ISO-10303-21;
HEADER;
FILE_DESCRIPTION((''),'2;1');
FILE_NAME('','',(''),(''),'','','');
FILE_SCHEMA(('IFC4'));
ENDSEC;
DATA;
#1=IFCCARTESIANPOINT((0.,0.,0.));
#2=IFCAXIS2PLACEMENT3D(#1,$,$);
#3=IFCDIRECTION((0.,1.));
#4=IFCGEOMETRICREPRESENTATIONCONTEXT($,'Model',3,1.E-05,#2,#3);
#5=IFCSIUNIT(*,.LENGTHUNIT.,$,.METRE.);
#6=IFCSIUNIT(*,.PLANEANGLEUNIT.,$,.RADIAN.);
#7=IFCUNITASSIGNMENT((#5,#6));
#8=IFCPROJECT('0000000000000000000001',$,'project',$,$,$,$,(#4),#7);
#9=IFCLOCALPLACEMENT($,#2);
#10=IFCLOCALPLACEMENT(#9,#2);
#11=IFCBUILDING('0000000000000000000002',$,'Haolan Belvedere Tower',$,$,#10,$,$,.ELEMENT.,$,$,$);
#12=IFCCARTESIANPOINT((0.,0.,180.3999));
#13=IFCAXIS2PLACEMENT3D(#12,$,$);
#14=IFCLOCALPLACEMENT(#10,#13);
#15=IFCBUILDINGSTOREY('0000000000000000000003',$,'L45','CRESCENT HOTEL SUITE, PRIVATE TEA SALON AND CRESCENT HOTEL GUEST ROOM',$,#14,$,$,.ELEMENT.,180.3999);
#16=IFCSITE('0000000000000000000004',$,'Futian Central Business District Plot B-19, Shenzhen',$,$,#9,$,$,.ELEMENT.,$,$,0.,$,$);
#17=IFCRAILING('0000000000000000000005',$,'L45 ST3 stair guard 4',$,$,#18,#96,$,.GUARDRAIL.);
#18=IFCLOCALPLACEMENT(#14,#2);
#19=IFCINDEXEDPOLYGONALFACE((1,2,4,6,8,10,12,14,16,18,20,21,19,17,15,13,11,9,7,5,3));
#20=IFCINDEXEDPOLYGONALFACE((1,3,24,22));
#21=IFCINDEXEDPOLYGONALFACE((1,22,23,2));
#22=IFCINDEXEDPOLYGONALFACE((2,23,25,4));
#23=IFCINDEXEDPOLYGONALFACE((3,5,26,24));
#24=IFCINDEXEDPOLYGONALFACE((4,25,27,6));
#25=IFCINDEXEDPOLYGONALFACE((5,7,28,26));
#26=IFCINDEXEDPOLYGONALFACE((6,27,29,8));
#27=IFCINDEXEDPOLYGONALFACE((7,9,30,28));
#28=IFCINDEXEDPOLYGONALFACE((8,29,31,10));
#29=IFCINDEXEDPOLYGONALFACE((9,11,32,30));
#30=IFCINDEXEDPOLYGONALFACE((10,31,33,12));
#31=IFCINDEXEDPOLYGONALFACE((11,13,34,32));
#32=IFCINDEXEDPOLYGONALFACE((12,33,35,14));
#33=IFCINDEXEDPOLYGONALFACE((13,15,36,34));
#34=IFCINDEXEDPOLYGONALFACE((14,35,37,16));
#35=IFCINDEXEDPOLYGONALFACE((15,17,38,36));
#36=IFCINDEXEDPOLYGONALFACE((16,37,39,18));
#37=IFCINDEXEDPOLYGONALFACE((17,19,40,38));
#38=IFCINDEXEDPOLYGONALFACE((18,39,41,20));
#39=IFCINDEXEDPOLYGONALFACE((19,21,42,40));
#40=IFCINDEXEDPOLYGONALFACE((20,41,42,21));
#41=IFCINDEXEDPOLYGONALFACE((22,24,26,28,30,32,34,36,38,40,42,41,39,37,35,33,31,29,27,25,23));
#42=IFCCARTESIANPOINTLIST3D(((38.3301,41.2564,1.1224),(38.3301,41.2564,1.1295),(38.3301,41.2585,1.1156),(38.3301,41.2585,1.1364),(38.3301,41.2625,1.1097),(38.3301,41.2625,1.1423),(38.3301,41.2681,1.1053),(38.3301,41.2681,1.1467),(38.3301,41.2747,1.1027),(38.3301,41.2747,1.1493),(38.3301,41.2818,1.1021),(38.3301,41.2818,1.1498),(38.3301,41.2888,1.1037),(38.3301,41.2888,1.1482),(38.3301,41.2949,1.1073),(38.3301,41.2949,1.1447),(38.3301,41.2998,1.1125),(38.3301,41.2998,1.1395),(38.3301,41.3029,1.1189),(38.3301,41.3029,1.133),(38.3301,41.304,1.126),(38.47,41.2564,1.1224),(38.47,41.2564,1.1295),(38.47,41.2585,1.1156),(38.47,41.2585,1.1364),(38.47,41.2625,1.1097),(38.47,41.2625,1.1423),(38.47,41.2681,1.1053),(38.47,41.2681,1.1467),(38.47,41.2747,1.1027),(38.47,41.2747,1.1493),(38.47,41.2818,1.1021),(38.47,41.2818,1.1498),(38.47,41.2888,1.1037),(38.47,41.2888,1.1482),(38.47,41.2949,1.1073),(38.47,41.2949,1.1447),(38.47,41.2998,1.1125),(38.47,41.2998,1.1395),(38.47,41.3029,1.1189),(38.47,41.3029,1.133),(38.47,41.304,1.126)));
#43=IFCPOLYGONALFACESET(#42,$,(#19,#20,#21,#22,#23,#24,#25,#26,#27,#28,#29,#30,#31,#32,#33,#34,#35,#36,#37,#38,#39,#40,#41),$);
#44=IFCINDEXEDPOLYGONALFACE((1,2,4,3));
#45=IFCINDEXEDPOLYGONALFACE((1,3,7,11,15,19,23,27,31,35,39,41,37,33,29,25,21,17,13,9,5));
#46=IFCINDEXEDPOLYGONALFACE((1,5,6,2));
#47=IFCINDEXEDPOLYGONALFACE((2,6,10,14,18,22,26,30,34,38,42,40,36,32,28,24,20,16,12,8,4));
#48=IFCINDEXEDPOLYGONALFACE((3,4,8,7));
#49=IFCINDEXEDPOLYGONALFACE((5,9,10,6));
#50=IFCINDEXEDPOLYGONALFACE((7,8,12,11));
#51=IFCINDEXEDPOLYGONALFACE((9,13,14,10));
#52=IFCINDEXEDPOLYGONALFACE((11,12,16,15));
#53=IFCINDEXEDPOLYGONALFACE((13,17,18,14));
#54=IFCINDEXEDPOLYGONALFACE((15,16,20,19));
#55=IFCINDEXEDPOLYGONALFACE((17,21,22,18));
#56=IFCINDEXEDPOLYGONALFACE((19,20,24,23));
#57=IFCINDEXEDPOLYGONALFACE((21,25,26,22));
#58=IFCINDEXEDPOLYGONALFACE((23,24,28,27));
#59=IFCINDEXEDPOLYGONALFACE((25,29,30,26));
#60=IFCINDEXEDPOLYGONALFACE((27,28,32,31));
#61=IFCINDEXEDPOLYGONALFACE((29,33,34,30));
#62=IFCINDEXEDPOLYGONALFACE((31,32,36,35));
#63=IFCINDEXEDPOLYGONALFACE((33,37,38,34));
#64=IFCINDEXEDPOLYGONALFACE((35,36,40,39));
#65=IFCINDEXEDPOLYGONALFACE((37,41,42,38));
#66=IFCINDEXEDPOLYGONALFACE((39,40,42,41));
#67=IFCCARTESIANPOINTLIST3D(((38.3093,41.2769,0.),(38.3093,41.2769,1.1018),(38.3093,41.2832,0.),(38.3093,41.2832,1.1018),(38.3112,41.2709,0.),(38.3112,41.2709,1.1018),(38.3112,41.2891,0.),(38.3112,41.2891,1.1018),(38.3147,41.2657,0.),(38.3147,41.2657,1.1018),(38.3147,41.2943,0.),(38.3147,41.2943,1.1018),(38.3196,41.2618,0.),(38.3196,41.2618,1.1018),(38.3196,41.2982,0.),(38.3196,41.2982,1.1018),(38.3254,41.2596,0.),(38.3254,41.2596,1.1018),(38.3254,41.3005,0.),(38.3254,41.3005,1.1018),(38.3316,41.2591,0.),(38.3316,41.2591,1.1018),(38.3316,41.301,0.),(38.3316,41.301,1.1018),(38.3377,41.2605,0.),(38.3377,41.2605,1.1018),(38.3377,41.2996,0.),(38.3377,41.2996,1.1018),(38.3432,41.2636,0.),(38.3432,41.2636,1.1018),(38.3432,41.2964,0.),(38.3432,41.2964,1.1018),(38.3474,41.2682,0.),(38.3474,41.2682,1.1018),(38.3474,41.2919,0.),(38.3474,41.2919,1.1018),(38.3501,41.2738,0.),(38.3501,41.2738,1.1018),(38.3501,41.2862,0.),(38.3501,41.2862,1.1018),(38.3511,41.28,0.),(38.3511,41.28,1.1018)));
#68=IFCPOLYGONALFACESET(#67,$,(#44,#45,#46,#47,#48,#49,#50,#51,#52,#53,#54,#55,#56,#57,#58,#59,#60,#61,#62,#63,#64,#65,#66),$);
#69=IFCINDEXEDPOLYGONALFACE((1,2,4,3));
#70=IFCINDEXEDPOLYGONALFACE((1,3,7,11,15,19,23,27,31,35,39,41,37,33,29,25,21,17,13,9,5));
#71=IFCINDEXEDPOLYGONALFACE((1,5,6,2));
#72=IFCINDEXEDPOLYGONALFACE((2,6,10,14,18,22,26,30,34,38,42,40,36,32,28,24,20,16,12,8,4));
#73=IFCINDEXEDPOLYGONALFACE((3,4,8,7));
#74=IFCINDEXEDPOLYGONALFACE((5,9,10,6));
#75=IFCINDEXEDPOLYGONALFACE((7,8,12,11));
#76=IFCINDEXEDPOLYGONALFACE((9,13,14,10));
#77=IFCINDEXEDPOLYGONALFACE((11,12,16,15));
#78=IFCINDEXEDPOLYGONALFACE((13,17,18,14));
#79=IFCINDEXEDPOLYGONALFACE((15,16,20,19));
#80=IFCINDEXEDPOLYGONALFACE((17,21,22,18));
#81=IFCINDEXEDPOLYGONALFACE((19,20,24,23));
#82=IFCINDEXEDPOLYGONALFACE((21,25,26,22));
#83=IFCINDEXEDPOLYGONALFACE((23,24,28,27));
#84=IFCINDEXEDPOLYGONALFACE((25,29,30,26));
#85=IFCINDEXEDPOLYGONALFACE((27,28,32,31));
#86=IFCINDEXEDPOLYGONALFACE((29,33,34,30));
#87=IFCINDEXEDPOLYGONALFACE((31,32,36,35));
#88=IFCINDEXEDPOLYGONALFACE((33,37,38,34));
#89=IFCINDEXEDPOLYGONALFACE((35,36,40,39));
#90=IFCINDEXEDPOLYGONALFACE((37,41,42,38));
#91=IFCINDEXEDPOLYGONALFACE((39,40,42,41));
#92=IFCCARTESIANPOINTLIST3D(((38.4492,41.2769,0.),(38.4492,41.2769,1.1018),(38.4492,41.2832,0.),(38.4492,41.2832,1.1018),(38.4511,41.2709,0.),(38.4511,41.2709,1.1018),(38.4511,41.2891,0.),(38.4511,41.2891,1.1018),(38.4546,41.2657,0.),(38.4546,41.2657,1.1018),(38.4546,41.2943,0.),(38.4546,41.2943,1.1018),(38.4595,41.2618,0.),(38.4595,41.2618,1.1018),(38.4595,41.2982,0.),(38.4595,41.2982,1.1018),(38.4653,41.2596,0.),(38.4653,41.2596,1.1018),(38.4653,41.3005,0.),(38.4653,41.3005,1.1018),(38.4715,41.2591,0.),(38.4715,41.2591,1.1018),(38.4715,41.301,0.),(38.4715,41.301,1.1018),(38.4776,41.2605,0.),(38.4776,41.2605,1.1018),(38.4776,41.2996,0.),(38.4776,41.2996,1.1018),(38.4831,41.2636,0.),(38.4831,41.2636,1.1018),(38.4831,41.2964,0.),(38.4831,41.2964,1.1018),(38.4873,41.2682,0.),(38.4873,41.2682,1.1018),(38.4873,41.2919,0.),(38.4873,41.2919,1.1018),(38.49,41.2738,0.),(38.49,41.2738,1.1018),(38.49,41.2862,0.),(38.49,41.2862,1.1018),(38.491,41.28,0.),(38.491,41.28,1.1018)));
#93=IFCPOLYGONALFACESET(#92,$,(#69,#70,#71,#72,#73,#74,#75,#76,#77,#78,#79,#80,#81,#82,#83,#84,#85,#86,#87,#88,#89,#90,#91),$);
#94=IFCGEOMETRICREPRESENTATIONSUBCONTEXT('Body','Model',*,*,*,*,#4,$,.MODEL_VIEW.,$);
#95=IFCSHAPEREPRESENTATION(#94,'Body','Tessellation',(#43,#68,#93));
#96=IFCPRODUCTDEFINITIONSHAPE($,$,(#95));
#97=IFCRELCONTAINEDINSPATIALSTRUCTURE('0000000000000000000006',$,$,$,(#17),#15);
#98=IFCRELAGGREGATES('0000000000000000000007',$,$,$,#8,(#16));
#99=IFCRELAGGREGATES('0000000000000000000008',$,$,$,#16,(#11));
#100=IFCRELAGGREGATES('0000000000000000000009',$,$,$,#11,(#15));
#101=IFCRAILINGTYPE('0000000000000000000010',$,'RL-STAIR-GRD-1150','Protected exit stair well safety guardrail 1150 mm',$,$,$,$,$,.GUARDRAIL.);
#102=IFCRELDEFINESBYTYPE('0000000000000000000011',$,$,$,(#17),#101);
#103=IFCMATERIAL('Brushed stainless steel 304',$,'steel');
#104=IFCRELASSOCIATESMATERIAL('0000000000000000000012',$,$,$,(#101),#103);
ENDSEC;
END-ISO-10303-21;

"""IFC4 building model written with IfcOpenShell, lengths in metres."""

from ifc_helpers import new_model, si_unit, direction, frame, origin, origin_2d, place, context, subcontext, project, spatial, circle, extrude, material, type_object, element, save


model = new_model("IFC4")

# Units and contexts
model_context = context("Model", 3, precision=1e-05, world=origin(), true_north=direction((0.0, 1.0)))
body_context = subcontext(model_context, "Body", "Model", "MODEL_VIEW")
ifc_project = project(units=[si_unit("LENGTHUNIT", "METRE"), si_unit("PLANEANGLEUNIT", "RADIAN")], contexts=[model_context])

# Site, building, storey
site_placement = place(None, origin())
site = spatial("IfcSite", under=ifc_project, at=site_placement, Name="Futian Central Business District Plot B-19, Shenzhen", CompositionType="ELEMENT", RefElevation=0.0)
building_placement = place(site_placement, origin())
building = spatial("IfcBuilding", under=site, at=building_placement, Name="Haolan Belvedere Tower", CompositionType="ELEMENT")
storey_placement = place(building_placement, frame((0.0, 0.0, 180.3999)))
storey = spatial("IfcBuildingStorey", under=building, at=storey_placement, Name="L45", Description="CRESCENT HOTEL SUITE, PRIVATE TEA SALON AND CRESCENT HOTEL GUEST ROOM", CompositionType="ELEMENT", Elevation=180.3999)

# Railing
ifc_material_1 = material(Name="Brushed stainless steel 304", Category="steel")
railing_type_1 = type_object("IfcRailingType", Name="RL-STAIR-GRD-1150", Description="Protected exit stair well safety guardrail 1150 mm", PredefinedType="GUARDRAIL", material=ifc_material_1)
railing_1_placement = place(storey_placement, frame((38.3301, 41.28, 0.0)))
element("IfcRailing", 1, at=railing_1_placement, inside=storey, type_object=railing_type_1, Name="L45 ST3 stair guard 4", PredefinedType="GUARDRAIL", context=body_context, shape_type="SweptSolid", body=[
    extrude(circle(Radius=0.0239, at=origin_2d()), frame((0.0, 0.0, 1.126), z_axis=(1.0, 0.0, 0.0), x_axis=(0.0, 1.0, 0.0)), (0.0, 0.0, 1.0), 0.1399),
    extrude(circle(Radius=0.021, at=origin_2d()), origin(), (0.0, 0.0, 1.0), 1.1018),
    extrude(circle(Radius=0.021, at=origin_2d()), frame((0.1399, 0.0, 0.0)), (0.0, 0.0, 1.0), 1.1018),
])

save(model, "model.ifc")
